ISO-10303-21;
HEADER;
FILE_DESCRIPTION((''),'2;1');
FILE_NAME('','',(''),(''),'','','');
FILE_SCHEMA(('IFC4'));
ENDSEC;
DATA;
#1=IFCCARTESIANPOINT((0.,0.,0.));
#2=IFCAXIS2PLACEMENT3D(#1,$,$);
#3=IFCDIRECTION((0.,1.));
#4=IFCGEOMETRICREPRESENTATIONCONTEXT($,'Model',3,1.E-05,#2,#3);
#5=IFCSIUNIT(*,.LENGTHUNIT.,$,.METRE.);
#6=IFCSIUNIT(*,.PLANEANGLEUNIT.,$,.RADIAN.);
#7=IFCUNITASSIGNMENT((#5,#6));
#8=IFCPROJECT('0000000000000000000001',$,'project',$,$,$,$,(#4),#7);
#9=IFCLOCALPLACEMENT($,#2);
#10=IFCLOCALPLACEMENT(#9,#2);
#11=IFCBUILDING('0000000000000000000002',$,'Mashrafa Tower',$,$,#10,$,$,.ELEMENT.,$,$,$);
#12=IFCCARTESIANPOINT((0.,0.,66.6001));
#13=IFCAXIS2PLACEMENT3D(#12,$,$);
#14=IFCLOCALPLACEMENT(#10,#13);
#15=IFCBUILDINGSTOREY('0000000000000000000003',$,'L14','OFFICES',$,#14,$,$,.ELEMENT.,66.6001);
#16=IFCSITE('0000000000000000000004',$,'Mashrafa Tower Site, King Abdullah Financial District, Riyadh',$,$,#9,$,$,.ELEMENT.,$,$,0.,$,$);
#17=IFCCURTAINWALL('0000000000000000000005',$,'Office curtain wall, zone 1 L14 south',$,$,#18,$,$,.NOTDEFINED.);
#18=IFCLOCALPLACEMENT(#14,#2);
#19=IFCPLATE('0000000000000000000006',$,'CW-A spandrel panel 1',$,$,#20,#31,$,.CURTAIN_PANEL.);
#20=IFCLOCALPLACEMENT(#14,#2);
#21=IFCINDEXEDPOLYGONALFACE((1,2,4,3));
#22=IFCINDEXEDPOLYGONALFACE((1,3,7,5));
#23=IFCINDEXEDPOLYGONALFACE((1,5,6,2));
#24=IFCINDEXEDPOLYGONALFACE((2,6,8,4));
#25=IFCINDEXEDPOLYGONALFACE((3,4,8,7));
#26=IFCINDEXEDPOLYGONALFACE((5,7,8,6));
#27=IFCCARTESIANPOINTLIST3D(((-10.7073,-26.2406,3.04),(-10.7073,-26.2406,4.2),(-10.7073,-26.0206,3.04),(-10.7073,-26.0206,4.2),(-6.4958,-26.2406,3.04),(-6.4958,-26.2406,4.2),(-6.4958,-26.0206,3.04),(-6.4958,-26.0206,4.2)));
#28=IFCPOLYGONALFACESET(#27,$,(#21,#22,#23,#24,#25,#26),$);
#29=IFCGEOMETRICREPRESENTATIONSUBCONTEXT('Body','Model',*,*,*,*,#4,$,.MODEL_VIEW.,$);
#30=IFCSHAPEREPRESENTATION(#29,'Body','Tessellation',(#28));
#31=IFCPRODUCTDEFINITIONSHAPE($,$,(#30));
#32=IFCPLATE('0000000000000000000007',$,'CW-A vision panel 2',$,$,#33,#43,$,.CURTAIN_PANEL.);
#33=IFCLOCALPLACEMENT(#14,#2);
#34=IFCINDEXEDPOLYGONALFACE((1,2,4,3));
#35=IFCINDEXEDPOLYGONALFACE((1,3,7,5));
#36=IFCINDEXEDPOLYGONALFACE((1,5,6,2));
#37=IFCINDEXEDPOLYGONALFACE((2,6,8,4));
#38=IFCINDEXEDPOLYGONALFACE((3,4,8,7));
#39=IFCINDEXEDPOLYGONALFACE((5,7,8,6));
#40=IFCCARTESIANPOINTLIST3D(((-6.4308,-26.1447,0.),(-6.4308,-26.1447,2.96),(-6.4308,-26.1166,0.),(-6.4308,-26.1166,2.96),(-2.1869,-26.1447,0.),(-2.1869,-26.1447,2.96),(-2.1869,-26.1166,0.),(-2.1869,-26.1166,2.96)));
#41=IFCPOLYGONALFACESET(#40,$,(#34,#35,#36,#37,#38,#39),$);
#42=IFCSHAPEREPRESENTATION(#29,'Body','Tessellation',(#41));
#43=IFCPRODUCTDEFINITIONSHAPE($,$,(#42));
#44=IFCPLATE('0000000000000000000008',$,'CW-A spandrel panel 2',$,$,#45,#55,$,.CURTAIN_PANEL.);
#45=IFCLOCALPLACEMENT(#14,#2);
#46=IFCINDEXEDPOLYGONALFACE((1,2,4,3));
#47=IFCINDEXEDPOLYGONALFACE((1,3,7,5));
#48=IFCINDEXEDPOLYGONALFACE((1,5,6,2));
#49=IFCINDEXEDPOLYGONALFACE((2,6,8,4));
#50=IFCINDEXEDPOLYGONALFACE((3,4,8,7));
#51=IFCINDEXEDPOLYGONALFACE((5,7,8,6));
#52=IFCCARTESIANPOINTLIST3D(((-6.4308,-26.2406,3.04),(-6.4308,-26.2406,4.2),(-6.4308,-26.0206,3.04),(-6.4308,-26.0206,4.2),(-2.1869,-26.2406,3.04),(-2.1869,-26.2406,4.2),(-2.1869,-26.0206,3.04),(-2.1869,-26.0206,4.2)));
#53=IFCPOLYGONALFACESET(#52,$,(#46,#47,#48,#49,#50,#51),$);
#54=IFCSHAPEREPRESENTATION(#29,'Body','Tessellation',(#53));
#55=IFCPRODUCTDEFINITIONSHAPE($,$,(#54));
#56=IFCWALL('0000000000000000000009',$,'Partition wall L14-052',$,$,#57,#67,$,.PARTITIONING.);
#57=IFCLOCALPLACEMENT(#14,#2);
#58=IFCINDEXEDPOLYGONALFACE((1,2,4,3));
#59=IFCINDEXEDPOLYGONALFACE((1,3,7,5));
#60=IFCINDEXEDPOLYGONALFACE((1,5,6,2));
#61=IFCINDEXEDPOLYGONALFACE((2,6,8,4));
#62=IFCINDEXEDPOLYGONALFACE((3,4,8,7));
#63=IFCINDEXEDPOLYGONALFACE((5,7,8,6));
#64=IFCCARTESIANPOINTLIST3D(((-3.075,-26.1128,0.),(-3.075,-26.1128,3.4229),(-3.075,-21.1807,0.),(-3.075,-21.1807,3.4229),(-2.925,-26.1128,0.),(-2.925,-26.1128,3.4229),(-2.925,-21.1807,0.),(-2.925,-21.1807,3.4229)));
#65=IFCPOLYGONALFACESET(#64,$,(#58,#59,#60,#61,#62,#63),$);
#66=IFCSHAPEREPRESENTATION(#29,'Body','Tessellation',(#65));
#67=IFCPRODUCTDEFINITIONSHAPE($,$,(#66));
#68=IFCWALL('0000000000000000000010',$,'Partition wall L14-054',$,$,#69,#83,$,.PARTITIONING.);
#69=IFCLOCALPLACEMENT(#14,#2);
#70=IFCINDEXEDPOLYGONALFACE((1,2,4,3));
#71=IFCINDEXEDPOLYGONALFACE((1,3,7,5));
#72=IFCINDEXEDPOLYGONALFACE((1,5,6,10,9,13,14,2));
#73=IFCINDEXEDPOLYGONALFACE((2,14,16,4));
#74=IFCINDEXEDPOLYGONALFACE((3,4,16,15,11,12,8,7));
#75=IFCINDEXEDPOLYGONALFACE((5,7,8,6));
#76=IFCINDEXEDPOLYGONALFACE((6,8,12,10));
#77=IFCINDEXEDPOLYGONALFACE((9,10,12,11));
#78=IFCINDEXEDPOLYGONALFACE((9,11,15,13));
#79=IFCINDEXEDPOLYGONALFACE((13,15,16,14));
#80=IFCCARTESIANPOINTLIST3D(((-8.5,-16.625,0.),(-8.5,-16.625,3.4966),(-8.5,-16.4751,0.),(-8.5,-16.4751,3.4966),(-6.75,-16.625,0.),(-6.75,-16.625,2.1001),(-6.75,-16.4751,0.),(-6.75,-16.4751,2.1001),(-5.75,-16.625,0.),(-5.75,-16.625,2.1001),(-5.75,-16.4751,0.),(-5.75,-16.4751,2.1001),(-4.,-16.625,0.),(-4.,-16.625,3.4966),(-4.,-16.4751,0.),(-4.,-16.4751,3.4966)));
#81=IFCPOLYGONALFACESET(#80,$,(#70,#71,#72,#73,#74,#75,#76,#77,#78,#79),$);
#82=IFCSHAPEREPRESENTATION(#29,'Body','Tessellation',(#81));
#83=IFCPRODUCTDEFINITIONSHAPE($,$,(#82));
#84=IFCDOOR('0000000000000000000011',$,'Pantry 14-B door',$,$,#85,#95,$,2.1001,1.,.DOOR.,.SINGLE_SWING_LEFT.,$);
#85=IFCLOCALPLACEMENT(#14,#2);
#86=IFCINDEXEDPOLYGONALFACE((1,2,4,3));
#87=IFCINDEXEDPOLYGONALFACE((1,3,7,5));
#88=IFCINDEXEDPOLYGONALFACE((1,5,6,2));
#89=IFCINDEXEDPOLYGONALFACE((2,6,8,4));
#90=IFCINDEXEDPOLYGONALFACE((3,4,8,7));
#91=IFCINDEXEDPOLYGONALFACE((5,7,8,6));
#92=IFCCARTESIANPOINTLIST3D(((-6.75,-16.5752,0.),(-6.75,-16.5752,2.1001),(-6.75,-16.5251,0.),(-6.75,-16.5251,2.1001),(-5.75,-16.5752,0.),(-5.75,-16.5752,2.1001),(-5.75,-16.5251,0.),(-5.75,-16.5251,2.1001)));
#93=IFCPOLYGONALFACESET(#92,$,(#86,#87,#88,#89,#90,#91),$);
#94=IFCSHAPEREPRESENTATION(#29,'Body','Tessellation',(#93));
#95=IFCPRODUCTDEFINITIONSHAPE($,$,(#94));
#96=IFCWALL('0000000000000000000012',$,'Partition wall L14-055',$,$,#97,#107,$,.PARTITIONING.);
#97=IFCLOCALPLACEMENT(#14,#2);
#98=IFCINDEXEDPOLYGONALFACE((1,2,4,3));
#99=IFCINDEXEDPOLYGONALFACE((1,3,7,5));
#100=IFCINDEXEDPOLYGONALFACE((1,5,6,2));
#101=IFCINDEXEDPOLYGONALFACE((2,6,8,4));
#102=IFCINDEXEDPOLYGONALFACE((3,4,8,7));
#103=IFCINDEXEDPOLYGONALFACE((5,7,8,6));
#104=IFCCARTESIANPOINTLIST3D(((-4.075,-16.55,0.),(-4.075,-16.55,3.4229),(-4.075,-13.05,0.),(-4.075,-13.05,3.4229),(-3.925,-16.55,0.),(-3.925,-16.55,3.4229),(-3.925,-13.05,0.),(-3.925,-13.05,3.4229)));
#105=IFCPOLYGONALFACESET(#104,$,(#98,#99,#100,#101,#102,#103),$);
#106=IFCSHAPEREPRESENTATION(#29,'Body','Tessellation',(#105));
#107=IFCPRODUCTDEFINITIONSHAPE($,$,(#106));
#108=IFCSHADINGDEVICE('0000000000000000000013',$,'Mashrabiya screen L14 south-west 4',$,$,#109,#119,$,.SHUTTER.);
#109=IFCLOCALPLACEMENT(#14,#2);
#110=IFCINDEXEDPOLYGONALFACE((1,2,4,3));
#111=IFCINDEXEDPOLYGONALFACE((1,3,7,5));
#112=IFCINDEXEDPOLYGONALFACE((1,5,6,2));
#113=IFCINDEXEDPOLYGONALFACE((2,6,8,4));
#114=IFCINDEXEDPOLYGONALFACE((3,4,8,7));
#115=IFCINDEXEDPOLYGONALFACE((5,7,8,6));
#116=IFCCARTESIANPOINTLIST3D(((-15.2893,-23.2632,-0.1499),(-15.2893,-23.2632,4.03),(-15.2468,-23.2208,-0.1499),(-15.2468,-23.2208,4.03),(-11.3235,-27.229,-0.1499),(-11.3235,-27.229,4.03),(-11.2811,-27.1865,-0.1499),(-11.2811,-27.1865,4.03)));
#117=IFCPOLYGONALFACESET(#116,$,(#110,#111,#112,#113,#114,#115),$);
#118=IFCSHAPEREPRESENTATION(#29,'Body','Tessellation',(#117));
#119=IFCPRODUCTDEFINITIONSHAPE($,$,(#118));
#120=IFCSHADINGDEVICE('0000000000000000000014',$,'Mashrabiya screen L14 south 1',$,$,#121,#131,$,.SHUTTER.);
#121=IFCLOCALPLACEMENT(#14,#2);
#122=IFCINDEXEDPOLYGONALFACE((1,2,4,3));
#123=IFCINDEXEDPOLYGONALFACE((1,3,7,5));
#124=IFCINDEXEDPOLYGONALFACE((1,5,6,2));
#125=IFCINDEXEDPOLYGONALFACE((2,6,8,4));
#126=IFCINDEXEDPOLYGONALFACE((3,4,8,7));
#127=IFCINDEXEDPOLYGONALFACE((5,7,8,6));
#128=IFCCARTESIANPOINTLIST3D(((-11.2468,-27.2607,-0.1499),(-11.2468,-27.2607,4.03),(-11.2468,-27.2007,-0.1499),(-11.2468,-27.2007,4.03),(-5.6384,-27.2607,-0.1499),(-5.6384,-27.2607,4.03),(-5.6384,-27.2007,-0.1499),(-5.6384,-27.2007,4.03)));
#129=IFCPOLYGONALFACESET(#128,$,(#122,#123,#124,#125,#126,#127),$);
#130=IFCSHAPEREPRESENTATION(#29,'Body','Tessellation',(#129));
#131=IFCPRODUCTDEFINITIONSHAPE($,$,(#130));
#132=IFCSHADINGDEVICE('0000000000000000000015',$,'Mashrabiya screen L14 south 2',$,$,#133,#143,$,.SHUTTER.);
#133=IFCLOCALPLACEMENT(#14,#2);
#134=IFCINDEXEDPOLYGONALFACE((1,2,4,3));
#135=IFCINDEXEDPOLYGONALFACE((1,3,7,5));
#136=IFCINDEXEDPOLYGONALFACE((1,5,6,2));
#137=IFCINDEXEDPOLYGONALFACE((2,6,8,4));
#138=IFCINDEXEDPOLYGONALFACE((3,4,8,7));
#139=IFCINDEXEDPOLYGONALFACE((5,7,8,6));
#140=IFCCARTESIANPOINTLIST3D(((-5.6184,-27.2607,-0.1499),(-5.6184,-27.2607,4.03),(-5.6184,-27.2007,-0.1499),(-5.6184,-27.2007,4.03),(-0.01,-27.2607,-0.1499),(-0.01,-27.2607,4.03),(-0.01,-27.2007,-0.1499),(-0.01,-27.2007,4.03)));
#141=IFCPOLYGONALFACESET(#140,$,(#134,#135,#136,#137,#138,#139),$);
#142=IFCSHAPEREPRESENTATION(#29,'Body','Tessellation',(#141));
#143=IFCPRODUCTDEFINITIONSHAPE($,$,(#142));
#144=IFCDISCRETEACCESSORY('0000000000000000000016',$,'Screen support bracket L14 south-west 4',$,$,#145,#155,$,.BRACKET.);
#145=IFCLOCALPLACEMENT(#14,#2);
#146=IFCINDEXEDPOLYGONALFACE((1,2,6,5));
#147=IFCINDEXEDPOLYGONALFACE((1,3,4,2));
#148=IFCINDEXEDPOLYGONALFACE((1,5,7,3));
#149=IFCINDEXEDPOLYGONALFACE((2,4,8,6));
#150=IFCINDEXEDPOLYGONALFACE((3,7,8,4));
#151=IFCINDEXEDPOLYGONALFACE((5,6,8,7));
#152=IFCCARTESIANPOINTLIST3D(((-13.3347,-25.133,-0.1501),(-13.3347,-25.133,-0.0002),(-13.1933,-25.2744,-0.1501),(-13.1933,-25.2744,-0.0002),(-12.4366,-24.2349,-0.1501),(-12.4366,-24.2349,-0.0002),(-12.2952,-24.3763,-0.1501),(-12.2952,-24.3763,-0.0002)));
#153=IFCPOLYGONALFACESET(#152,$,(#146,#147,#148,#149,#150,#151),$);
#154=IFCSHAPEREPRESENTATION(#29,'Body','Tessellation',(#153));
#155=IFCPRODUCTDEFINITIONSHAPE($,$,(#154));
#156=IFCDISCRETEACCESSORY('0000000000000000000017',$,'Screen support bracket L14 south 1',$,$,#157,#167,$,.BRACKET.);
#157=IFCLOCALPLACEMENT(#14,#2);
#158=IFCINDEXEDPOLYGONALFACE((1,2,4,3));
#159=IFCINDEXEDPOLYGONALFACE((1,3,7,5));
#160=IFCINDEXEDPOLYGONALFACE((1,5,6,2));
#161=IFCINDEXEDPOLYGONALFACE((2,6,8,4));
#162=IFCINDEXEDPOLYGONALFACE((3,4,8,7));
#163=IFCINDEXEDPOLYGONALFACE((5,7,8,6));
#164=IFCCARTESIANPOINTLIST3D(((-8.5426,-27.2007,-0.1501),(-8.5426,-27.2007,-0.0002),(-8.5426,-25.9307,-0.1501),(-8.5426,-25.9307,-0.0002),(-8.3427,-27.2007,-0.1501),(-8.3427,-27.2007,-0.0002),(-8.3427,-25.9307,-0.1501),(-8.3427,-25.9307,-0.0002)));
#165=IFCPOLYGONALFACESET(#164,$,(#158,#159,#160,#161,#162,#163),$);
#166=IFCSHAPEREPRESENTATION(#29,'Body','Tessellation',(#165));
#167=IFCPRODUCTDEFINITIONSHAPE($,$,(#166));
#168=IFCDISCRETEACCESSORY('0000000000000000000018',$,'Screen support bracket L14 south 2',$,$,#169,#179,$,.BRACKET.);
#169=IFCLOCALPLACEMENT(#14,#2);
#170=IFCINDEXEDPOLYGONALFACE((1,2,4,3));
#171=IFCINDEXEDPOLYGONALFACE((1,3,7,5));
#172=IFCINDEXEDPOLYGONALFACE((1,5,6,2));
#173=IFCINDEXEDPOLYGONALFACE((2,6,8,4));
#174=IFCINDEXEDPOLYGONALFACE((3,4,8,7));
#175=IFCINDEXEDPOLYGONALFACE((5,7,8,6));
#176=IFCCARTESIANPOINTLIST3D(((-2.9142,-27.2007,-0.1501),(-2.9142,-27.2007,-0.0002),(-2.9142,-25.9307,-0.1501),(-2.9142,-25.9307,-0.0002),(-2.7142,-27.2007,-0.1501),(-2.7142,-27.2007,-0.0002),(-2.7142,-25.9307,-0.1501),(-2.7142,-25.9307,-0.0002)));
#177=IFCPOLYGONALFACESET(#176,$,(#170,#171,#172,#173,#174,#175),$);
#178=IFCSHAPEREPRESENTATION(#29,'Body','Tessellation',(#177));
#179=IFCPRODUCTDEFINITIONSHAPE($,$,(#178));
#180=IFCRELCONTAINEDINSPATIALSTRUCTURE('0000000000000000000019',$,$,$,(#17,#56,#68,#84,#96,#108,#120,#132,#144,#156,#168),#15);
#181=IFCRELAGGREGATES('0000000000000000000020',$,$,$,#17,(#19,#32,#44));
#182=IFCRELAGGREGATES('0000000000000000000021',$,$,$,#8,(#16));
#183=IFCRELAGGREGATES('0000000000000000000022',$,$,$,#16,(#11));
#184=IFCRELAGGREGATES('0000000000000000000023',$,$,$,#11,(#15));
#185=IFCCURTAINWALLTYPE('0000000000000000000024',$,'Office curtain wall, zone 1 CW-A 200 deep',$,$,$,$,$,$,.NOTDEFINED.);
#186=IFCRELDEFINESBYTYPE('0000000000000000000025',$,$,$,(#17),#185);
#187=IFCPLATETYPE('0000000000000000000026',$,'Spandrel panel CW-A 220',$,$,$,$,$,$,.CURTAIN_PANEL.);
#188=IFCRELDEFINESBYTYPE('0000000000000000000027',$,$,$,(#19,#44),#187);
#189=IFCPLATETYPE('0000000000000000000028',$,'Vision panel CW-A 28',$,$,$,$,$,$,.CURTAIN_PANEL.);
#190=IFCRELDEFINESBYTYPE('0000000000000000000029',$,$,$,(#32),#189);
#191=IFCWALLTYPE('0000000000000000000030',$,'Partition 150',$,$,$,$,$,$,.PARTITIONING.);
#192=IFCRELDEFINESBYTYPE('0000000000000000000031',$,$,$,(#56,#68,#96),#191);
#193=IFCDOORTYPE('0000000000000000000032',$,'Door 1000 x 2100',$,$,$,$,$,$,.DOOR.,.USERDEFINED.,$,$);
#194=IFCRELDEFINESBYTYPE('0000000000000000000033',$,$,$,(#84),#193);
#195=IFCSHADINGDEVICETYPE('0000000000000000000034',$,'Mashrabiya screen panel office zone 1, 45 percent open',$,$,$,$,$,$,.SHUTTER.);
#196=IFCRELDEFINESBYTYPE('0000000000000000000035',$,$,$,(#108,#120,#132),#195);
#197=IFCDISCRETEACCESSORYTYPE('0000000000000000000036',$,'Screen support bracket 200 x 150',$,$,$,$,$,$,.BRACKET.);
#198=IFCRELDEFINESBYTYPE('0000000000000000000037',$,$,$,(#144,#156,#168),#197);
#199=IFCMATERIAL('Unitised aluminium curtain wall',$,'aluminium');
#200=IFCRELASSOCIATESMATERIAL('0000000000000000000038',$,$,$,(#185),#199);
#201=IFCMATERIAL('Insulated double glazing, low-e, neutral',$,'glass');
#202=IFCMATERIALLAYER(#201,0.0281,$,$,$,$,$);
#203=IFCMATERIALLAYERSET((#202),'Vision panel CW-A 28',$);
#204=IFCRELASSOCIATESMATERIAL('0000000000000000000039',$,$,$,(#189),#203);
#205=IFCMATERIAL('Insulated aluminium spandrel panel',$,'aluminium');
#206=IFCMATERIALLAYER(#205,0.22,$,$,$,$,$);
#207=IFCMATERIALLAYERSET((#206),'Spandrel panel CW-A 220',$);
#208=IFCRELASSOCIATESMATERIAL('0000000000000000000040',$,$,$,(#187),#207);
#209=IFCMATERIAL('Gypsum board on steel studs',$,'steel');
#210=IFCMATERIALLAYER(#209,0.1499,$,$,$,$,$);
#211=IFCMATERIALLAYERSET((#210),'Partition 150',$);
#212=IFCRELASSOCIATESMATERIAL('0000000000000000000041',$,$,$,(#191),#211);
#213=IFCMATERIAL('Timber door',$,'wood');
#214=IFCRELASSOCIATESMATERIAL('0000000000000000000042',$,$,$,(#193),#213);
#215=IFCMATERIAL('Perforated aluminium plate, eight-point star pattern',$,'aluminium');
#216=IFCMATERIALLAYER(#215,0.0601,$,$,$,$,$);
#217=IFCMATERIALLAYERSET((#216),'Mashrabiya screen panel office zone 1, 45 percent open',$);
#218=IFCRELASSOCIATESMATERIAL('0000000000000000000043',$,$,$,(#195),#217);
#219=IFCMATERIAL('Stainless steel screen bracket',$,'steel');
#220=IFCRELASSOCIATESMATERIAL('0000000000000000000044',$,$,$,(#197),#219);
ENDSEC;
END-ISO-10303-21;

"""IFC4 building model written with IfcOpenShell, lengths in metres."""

from ifc_helpers import new_model, si_unit, direction, frame, frame_2d, origin, origin_2d, place, context, subcontext, project, spatial, rectangle, extrude, source, transform, mapped, material, layer, layer_set, type_object, type_shapes, element, fill, aggregate, save


model = new_model("IFC4")

# Units and contexts
model_context = context("Model", 3, precision=1e-05, world=origin(), true_north=direction((0.0, 1.0)))
body_context = subcontext(model_context, "Body", "Model", "MODEL_VIEW")
ifc_project = project(units=[si_unit("LENGTHUNIT", "METRE"), si_unit("PLANEANGLEUNIT", "RADIAN")], contexts=[model_context])

# Site, building, storey
site_placement = place(None, origin())
site = spatial("IfcSite", under=ifc_project, at=site_placement, Name="Mashrafa Tower Site, King Abdullah Financial District, Riyadh", CompositionType="ELEMENT", RefElevation=0.0)
building_placement = place(site_placement, origin())
building = spatial("IfcBuilding", under=site, at=building_placement, Name="Mashrafa Tower", CompositionType="ELEMENT")
storey_placement = place(building_placement, frame((0.0, 0.0, 66.6001)))
storey = spatial("IfcBuildingStorey", under=building, at=storey_placement, Name="L14", Description="OFFICES", CompositionType="ELEMENT", Elevation=66.6001)

# Shared definitions
ifc_material_1 = material(Name="Unitised aluminium curtain wall", Category="aluminium")
curtain_wall_type = type_object("IfcCurtainWallType", Name="Office curtain wall, zone 1 CW-A 200 deep", PredefinedType="NOTDEFINED", material=ifc_material_1)

# Curtain wall
curtain_wall_1_placement = place(storey_placement, origin())
curtain_wall_1 = element("IfcCurtainWall", 1, at=curtain_wall_1_placement, inside=storey, type_object=curtain_wall_type, Name="Office curtain wall, zone 1 L14 south", PredefinedType="NOTDEFINED")

# Plates
ifc_material_2 = material(Name="Insulated double glazing, low-e, neutral", Category="glass")
ifc_layer_1 = layer(ifc_material_2, 0.0281)
ifc_layer_set_1 = layer_set([ifc_layer_1], Name="Vision panel CW-A 28")
plate_type_1 = type_object("IfcPlateType", Name="Vision panel CW-A 28", PredefinedType="CURTAIN_PANEL", material=ifc_layer_set_1)
ifc_material_3 = material(Name="Insulated aluminium spandrel panel", Category="aluminium")
ifc_layer_2 = layer(ifc_material_3, 0.22)
ifc_layer_set_2 = layer_set([ifc_layer_2], Name="Spandrel panel CW-A 220")
plate_type_2 = type_object("IfcPlateType", Name="Spandrel panel CW-A 220", PredefinedType="CURTAIN_PANEL", material=ifc_layer_set_2)
shared_shape_1 = source(origin(), body_context, "Body", "SweptSolid", [
    extrude(rectangle(XDim=4.2114, YDim=0.22, at=origin_2d()), origin(), (0.0, 0.0, 1.0), 1.1599),
])
plate_1_placement = place(storey_placement, frame((-8.6016, -26.1306, 3.04), z_axis=(0.0, 0.0, 1.0), x_axis=(1.0, 0.0, 0.0)))
plate_1 = element("IfcPlate", 2, at=plate_1_placement, type_object=plate_type_2, Name="CW-A spandrel panel 1", PredefinedType="CURTAIN_PANEL", context=body_context, shape_type="MappedRepresentation", body=[
    mapped(shared_shape_1, transform((0.0, 0.0, 0.0))),
])
shared_shape_2 = source(origin(), body_context, "Body", "SweptSolid", [
    extrude(rectangle(XDim=4.2439, YDim=0.0281, at=origin_2d()), origin(), (0.0, 0.0, 1.0), 2.96),
])
plate_2_placement = place(storey_placement, frame((-4.3088, -26.1306, 0.0), z_axis=(0.0, 0.0, 1.0), x_axis=(1.0, 0.0, 0.0)))
plate_2 = element("IfcPlate", 3, at=plate_2_placement, type_object=plate_type_1, Name="CW-A vision panel 2", PredefinedType="CURTAIN_PANEL", context=body_context, shape_type="MappedRepresentation", body=[
    mapped(shared_shape_2, transform((0.0, 0.0, 0.0))),
])
shared_shape_3 = source(origin(), body_context, "Body", "SweptSolid", [
    extrude(rectangle(XDim=4.2439, YDim=0.22, at=origin_2d()), origin(), (0.0, 0.0, 1.0), 1.1599),
])
type_shapes(plate_type_2, [shared_shape_1, shared_shape_3])
plate_3_placement = place(storey_placement, frame((-4.3088, -26.1306, 3.04), z_axis=(0.0, 0.0, 1.0), x_axis=(1.0, 0.0, 0.0)))
plate_3 = element("IfcPlate", 4, at=plate_3_placement, type_object=plate_type_2, Name="CW-A spandrel panel 2", PredefinedType="CURTAIN_PANEL", context=body_context, shape_type="MappedRepresentation", body=[
    mapped(shared_shape_3, transform((0.0, 0.0, 0.0))),
])
aggregate(curtain_wall_1, [plate_1, plate_2, plate_3])

# Wall
ifc_material_4 = material(Name="Gypsum board on steel studs", Category="steel")
ifc_layer_3 = layer(ifc_material_4, 0.1499)
ifc_layer_set_3 = layer_set([ifc_layer_3], Name="Partition 150")
wall_type = type_object("IfcWallType", Name="Partition 150", PredefinedType="PARTITIONING", material=ifc_layer_set_3)
wall_1_placement = place(storey_placement, frame((-3.0, -21.1807, 0.0), z_axis=(0.0, 0.0, 1.0), x_axis=(0.0, -1.0, 0.0)))
element("IfcWall", 5, at=wall_1_placement, inside=storey, type_object=wall_type, Name="Partition wall L14-052", PredefinedType="PARTITIONING", context=body_context, shape_type="SweptSolid", body=[
    extrude(rectangle(XDim=4.9321, YDim=0.1499, at=frame_2d((2.4661, 0.0))), origin(), (0.0, 0.0, 1.0), 3.4229),
])

# Wall, opening, door
wall_2_placement = place(storey_placement, frame((-8.5, -16.55, 0.0), z_axis=(0.0, 0.0, 1.0), x_axis=(1.0, 0.0, 0.0)))
wall_2 = element("IfcWall", 6, at=wall_2_placement, inside=storey, type_object=wall_type, Name="Partition wall L14-054", PredefinedType="PARTITIONING", context=body_context, shape_type="SweptSolid", body=[
    extrude(rectangle(XDim=4.5, YDim=0.1499, at=frame_2d((2.25, 0.0))), origin(), (0.0, 0.0, 1.0), 3.4966),
])
opening_placement = place(wall_2_placement, frame((1.75, 0.0, 0.0)))
opening = element("IfcOpeningElement", 7, at=opening_placement, cuts=wall_2, PredefinedType="OPENING", context=body_context, shape_type="SweptSolid", body=[
    extrude(rectangle(XDim=1.0, YDim=2.1001, at=frame_2d((0.5, 1.05))), frame((0.0, 0.085, 0.0), z_axis=(0.0, -1.0, 0.0), x_axis=(1.0, 0.0, 0.0)), (0.0, 0.0, 1.0), 0.1699),
])
ifc_material_5 = material(Name="Timber door", Category="wood")
door_type = type_object("IfcDoorType", Name="Door 1000 x 2100", OperationType="USERDEFINED", PredefinedType="DOOR", material=ifc_material_5)
door_placement = place(opening_placement, origin())
door = element("IfcDoor", 8, at=door_placement, inside=storey, type_object=door_type, Name="Pantry 14-B door", OperationType="SINGLE_SWING_LEFT", OverallHeight=2.1001, OverallWidth=1.0, PredefinedType="DOOR", context=body_context, shape_type="SweptSolid", body=[
    extrude(rectangle(XDim=1.0, YDim=2.1001, at=frame_2d((0.5, 1.05))), frame((0.0, 0.0249, 0.0), z_axis=(0.0, -1.0, 0.0), x_axis=(1.0, 0.0, 0.0)), (0.0, 0.0, 1.0), 0.05),
])
fill(opening, door)

# Wall
wall_3_placement = place(storey_placement, frame((-4.0, -16.55, 0.0), z_axis=(0.0, 0.0, 1.0), x_axis=(0.0, 1.0, 0.0)))
element("IfcWall", 9, at=wall_3_placement, inside=storey, type_object=wall_type, Name="Partition wall L14-055", PredefinedType="PARTITIONING", context=body_context, shape_type="SweptSolid", body=[
    extrude(rectangle(XDim=3.5, YDim=0.1499, at=frame_2d((1.75, 0.0))), origin(), (0.0, 0.0, 1.0), 3.4229),
])

# Shading devices
ifc_material_6 = material(Name="Perforated aluminium plate, eight-point star pattern", Category="aluminium")
ifc_layer_4 = layer(ifc_material_6, 0.0601)
ifc_layer_set_4 = layer_set([ifc_layer_4], Name="Mashrabiya screen panel office zone 1, 45 percent open")
shading_device_type = type_object("IfcShadingDeviceType", Name="Mashrabiya screen panel office zone 1, 45 percent open", PredefinedType="SHUTTER", material=ifc_layer_set_4)
shared_shape_4 = source(origin(), body_context, "Body", "SweptSolid", [
    extrude(rectangle(XDim=5.6084, YDim=0.0601, at=origin_2d()), origin(), (0.0, 0.0, 1.0), 4.1799),
])
type_shapes(shading_device_type, [shared_shape_4])
for number, where, z_axis, x_axis, name in (
    (10, (-13.2852, -25.2249, -0.1499), (0.0, 0.0, 1.0), (0.707107, -0.707107, 0.0), "Mashrabiya screen L14 south-west 4"),
    (11, (-8.4426, -27.2307, -0.1499), (0.0, 0.0, 1.0), (1.0, 0.0, 0.0), "Mashrabiya screen L14 south 1"),
    (12, (-2.8142, -27.2307, -0.1499), (0.0, 0.0, 1.0), (1.0, 0.0, 0.0), "Mashrabiya screen L14 south 2"),
):
    element("IfcShadingDevice", number, at=place(storey_placement, frame(where, z_axis=z_axis, x_axis=x_axis)), inside=storey, type_object=shading_device_type, Name=name, PredefinedType="SHUTTER", context=body_context, shape_type="MappedRepresentation", body=[
        mapped(shared_shape_4, transform((0.0, 0.0, 0.0))),
    ])

# Discrete accessories
ifc_material_7 = material(Name="Stainless steel screen bracket", Category="steel")
discrete_accessory_type = type_object("IfcDiscreteAccessoryType", Name="Screen support bracket 200 x 150", PredefinedType="BRACKET", material=ifc_material_7)
shared_shape_5 = source(origin(), body_context, "Body", "SweptSolid", [
    extrude(rectangle(XDim=0.2, YDim=1.27, at=origin_2d()), origin(), (0.0, 0.0, 1.0), 0.1499),
])
type_shapes(discrete_accessory_type, [shared_shape_5])
for number, where, z_axis, x_axis, name in (
    (13, (-12.8149, -24.7546, -0.1501), (0.0, 0.0, 1.0), (0.707107, -0.707107, 0.0), "Screen support bracket L14 south-west 4"),
    (14, (-8.4426, -26.5657, -0.1501), (0.0, 0.0, 1.0), (1.0, 0.0, 0.0), "Screen support bracket L14 south 1"),
    (15, (-2.8142, -26.5657, -0.1501), (0.0, 0.0, 1.0), (1.0, 0.0, 0.0), "Screen support bracket L14 south 2"),
):
    element("IfcDiscreteAccessory", number, at=place(storey_placement, frame(where, z_axis=z_axis, x_axis=x_axis)), inside=storey, type_object=discrete_accessory_type, Name=name, PredefinedType="BRACKET", context=body_context, shape_type="MappedRepresentation", body=[
        mapped(shared_shape_5, transform((0.0, 0.0, 0.0))),
    ])

save(model, "model.ifc")
